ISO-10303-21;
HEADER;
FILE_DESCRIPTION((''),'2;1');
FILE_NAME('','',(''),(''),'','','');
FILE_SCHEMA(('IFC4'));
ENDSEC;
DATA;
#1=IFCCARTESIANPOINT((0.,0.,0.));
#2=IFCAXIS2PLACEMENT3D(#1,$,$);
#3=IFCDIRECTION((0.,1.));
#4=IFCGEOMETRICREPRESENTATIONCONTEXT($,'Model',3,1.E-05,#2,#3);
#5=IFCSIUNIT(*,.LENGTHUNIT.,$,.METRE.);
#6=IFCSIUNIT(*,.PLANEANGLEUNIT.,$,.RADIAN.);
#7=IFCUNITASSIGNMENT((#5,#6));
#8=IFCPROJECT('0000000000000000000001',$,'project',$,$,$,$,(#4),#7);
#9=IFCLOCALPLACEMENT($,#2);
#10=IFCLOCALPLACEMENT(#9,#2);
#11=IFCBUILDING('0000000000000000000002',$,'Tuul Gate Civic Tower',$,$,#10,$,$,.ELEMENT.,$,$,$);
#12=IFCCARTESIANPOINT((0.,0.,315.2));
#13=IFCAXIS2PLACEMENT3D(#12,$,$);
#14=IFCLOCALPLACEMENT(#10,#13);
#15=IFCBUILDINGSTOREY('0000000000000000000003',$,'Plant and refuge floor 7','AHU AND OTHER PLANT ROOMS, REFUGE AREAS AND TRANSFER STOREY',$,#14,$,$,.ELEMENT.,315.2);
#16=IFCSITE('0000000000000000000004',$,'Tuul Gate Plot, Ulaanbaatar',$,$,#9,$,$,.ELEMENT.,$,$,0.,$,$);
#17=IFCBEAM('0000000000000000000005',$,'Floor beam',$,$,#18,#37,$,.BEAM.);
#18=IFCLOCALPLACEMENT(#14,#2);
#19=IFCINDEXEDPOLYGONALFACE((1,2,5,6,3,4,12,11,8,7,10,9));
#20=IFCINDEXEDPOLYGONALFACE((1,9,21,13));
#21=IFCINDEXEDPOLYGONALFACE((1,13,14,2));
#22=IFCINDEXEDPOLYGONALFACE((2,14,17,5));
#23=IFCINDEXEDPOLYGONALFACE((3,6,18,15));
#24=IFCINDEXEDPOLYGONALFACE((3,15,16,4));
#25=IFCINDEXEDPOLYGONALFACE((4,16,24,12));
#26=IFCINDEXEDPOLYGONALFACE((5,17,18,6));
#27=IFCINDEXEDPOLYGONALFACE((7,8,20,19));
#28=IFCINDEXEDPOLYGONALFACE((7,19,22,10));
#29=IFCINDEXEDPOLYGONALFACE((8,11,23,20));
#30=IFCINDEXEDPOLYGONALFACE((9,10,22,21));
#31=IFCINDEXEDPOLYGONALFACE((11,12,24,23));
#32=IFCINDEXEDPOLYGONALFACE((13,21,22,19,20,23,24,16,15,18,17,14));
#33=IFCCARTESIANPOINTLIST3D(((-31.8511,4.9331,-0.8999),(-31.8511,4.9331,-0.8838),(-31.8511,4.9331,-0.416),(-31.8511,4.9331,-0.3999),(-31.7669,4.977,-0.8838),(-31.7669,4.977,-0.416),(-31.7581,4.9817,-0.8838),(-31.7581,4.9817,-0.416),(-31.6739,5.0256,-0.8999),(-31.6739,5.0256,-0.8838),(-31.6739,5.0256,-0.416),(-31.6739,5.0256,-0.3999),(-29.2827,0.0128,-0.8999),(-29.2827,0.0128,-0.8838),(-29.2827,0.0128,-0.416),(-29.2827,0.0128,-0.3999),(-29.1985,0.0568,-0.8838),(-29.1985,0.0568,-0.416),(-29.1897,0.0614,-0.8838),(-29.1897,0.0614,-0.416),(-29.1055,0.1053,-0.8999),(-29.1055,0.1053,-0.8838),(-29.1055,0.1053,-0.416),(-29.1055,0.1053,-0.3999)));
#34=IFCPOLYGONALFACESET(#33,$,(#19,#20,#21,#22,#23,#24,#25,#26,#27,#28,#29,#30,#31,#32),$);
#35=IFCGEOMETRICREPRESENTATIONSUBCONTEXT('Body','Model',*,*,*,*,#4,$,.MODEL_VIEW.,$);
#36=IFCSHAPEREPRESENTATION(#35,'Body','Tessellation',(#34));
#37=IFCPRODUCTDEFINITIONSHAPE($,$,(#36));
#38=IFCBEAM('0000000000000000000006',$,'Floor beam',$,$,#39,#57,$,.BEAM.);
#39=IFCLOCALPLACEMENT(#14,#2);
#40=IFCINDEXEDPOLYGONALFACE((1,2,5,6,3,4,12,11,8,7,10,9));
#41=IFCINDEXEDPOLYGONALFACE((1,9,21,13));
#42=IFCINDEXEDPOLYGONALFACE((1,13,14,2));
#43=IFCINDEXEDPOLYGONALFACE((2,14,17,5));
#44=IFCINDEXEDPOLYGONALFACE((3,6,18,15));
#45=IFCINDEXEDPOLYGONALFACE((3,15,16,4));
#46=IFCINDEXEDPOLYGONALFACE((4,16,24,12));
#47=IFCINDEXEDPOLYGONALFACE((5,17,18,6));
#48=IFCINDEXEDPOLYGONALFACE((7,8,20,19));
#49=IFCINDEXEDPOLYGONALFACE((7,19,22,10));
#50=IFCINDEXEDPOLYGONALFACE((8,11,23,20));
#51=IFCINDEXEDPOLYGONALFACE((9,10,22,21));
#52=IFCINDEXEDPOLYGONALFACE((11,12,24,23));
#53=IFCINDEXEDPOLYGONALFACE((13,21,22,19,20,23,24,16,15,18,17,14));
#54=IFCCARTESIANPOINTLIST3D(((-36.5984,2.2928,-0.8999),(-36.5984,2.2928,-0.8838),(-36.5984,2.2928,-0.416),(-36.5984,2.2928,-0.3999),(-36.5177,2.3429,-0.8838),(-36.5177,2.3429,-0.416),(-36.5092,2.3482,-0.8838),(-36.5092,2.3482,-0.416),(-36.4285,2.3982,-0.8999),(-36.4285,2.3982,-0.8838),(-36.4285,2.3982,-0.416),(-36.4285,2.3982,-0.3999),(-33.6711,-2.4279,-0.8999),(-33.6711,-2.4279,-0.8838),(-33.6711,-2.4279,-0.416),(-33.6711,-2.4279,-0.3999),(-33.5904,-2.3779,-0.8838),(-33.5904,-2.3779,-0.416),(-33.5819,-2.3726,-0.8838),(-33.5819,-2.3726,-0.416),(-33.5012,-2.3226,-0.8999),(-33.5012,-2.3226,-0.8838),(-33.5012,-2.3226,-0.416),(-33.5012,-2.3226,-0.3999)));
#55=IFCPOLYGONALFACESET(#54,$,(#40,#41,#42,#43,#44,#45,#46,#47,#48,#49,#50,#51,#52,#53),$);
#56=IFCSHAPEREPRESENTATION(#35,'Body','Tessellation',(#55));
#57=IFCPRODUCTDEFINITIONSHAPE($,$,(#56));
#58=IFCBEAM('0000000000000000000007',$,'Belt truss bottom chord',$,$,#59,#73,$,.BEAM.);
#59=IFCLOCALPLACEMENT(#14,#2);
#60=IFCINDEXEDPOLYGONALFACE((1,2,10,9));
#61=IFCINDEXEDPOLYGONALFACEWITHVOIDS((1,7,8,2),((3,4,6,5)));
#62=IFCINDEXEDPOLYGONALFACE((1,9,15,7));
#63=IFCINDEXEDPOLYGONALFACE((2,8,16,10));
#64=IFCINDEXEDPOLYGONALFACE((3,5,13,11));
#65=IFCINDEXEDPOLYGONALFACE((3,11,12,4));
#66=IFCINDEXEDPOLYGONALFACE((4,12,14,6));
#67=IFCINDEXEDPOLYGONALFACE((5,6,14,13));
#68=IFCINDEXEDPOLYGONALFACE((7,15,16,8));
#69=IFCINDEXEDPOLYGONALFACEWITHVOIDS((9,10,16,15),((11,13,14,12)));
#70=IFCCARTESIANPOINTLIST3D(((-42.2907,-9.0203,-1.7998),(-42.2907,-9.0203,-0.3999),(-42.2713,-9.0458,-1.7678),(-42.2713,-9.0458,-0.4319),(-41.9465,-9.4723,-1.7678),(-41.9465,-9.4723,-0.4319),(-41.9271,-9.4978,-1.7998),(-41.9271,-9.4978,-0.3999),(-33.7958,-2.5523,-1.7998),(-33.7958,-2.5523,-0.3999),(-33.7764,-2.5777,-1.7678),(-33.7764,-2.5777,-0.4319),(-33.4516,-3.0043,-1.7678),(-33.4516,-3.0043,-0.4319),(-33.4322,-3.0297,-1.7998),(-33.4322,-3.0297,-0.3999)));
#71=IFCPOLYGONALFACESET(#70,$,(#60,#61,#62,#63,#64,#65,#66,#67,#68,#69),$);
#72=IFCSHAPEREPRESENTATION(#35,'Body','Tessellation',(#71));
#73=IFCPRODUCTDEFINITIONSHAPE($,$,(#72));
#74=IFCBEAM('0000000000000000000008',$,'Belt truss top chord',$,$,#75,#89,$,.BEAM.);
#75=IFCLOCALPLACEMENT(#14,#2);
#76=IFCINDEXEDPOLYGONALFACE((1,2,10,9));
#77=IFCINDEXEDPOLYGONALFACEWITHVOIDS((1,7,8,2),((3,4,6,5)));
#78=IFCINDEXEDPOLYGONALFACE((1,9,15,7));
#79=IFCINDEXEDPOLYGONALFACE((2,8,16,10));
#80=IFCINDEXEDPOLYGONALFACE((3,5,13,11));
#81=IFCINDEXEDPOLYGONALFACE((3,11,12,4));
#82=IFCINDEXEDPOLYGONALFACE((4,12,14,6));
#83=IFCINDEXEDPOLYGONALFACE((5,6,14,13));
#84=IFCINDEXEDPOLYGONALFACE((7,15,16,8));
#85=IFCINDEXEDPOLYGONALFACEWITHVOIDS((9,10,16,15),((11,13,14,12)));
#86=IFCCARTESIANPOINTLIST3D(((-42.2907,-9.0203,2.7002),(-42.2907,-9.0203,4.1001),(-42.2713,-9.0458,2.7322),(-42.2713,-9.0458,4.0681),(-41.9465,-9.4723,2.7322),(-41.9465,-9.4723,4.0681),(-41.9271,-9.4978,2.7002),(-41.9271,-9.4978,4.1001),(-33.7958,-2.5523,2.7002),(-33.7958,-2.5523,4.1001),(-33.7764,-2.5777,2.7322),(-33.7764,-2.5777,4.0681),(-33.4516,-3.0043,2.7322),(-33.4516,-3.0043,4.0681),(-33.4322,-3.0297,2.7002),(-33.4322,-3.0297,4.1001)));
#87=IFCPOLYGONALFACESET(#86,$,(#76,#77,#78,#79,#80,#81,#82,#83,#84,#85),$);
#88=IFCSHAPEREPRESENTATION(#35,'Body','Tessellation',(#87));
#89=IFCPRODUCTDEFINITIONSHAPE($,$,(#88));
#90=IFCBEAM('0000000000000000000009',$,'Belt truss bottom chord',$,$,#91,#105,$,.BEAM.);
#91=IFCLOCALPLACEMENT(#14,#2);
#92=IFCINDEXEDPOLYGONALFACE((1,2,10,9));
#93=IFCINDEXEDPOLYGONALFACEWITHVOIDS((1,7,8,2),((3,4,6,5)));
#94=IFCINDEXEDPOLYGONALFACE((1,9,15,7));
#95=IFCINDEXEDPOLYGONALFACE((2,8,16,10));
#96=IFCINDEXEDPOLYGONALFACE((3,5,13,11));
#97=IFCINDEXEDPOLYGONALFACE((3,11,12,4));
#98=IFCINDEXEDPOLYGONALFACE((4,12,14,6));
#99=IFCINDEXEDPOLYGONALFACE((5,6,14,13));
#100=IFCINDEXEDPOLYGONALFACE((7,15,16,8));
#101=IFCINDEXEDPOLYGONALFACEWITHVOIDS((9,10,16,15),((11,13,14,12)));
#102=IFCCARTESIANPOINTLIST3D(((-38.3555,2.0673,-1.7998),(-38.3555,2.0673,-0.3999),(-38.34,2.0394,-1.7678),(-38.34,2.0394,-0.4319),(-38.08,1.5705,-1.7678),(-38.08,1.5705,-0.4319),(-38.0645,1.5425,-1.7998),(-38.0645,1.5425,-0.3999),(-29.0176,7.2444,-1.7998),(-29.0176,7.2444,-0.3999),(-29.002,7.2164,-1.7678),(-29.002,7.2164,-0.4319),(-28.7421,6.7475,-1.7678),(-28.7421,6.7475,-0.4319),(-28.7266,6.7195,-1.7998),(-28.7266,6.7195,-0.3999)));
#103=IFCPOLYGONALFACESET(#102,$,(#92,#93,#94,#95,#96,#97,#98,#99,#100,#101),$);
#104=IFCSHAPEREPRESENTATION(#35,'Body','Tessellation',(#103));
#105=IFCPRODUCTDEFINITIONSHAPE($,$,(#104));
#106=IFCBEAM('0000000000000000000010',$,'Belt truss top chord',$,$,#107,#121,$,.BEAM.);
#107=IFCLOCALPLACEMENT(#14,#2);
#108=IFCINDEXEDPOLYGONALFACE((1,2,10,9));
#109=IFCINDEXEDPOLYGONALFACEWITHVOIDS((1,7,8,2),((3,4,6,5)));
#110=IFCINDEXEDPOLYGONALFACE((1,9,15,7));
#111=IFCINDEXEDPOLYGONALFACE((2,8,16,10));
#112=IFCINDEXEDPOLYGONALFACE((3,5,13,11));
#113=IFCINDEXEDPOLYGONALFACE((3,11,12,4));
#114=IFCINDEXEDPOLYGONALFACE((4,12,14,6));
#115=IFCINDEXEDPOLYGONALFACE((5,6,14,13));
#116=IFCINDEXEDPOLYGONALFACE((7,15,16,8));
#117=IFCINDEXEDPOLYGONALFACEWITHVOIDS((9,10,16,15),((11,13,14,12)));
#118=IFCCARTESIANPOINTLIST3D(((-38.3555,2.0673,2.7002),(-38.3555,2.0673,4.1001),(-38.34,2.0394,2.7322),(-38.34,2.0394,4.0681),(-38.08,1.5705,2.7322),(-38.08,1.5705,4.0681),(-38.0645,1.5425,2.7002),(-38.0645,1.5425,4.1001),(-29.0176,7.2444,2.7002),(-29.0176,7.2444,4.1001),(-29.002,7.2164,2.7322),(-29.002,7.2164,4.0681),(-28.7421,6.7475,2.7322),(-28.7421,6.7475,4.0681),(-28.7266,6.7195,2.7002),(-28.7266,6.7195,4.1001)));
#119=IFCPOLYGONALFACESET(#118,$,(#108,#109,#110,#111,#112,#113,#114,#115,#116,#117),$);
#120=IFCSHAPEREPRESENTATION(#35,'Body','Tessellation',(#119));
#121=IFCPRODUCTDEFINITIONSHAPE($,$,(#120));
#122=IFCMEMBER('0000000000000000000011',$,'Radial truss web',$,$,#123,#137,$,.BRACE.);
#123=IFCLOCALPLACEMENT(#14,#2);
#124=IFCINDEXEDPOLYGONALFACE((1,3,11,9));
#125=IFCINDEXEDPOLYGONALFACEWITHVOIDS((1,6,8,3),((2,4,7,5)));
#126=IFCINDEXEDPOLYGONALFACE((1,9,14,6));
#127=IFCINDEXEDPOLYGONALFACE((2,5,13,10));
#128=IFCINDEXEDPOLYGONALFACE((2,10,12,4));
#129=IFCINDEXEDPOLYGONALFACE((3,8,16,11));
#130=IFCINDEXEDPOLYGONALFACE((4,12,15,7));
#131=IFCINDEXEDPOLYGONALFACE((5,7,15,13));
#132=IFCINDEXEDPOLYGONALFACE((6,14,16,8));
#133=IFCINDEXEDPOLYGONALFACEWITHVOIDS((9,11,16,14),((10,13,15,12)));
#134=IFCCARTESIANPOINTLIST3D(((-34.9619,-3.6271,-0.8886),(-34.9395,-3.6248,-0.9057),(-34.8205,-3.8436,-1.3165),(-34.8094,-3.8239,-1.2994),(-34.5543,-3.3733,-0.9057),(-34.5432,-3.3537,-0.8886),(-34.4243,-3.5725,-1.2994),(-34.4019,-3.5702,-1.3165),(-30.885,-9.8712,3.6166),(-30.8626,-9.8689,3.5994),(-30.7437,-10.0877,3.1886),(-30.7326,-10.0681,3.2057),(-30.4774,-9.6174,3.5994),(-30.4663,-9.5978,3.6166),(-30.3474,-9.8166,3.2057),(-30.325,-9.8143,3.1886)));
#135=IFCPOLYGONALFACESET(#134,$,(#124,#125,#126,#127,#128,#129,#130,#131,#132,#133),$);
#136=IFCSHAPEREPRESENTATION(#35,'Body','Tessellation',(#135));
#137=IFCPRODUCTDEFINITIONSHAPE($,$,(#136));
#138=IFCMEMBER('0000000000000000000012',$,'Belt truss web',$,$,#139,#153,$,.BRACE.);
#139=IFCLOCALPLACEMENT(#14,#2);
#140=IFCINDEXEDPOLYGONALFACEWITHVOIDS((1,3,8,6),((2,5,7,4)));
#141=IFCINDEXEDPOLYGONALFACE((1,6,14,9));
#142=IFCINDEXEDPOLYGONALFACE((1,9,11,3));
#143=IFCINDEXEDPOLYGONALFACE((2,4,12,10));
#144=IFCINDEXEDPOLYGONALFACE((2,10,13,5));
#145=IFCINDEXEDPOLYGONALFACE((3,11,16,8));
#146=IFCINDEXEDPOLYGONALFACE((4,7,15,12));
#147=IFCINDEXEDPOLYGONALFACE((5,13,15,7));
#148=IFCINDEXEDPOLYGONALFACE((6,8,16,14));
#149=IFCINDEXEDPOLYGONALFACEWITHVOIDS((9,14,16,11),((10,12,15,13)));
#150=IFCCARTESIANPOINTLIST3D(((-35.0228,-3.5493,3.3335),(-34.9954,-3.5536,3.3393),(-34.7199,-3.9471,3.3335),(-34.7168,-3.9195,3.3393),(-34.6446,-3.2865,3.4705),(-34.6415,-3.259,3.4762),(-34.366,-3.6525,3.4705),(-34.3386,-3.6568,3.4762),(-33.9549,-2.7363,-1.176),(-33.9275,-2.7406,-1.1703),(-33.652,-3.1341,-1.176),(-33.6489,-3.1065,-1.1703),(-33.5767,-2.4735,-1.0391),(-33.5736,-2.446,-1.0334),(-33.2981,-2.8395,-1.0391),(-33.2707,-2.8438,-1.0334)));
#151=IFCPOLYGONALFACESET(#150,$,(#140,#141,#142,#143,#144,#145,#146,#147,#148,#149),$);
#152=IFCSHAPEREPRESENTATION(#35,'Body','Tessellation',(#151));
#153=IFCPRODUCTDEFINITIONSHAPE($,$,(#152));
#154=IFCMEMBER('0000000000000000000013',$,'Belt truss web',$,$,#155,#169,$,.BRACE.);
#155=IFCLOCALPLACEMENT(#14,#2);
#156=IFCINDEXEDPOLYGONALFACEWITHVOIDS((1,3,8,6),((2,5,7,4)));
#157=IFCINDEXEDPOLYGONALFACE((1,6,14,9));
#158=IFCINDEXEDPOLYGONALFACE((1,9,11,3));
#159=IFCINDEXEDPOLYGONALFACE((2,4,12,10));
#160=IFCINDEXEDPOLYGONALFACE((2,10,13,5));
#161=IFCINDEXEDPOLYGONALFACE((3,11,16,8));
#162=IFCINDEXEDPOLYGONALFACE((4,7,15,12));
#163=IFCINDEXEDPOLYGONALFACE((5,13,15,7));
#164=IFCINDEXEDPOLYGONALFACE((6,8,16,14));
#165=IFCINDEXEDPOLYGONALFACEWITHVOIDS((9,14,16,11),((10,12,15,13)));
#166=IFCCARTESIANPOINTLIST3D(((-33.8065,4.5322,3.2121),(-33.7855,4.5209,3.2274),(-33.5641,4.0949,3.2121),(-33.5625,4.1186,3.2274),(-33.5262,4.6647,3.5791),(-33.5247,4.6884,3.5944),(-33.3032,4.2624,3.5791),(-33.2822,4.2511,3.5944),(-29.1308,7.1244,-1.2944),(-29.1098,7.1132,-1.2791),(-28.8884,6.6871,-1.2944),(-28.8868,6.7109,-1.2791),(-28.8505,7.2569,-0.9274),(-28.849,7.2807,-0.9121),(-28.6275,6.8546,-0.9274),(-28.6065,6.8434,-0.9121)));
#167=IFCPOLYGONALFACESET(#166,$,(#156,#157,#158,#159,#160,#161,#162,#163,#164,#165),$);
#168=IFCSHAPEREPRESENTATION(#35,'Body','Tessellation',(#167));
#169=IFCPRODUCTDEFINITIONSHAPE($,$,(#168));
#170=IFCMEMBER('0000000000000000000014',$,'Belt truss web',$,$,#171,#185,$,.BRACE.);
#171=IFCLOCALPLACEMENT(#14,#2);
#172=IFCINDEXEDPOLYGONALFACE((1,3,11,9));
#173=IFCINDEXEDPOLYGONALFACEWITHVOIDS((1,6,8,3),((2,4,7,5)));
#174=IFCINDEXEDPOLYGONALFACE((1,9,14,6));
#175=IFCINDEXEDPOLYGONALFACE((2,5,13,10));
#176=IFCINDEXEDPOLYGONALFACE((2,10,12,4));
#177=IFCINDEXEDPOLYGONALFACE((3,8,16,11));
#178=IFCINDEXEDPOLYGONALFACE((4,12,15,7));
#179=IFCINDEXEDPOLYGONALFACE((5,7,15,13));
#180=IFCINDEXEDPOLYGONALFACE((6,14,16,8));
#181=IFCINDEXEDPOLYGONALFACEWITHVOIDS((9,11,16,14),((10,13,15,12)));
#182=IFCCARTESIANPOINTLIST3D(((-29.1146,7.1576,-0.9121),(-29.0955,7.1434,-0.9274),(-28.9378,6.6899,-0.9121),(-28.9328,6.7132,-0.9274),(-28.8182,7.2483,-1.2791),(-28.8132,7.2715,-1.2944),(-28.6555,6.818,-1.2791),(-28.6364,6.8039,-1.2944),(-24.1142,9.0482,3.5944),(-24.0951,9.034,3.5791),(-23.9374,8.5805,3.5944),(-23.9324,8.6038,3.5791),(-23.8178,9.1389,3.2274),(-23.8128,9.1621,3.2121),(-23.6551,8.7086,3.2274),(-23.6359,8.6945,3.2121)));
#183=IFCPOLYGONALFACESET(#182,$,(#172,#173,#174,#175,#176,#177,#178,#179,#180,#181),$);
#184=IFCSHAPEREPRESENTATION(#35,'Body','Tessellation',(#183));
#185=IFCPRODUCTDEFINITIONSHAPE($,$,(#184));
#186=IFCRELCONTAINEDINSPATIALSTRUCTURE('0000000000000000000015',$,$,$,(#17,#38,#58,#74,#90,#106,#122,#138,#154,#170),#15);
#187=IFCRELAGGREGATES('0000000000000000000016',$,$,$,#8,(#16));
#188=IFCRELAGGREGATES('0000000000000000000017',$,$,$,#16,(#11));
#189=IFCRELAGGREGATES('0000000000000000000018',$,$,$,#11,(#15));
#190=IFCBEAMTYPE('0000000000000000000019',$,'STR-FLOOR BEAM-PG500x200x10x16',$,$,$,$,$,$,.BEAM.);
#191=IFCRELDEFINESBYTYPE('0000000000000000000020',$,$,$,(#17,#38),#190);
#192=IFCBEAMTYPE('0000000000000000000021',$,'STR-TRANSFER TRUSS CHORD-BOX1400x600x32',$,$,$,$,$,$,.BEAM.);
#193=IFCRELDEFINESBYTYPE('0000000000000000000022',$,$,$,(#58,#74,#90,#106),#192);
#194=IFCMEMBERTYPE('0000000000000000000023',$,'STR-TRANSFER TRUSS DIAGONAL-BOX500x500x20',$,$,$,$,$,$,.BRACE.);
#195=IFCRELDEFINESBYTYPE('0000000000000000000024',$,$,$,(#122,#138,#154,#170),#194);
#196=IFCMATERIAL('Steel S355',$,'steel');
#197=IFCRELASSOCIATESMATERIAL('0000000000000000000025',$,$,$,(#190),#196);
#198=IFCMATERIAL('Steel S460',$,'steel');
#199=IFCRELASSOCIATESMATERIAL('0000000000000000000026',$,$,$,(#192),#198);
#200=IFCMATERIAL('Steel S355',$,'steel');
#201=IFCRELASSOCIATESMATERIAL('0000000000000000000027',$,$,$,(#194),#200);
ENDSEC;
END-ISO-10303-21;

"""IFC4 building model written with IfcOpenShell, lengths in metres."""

from ifc_helpers import new_model, si_unit, direction, frame, origin, origin_2d, place, context, subcontext, project, spatial, hollow_rectangle, i_section, extrude, material, material_profile, profile_set, type_object, element, save


model = new_model("IFC4")

# Units and contexts
model_context = context("Model", 3, precision=1e-05, world=origin(), true_north=direction((0.0, 1.0)))
body_context = subcontext(model_context, "Body", "Model", "MODEL_VIEW")
ifc_project = project(units=[si_unit("LENGTHUNIT", "METRE"), si_unit("PLANEANGLEUNIT", "RADIAN")], contexts=[model_context])

# Site, building, storey
site_placement = place(None, origin())
site = spatial("IfcSite", under=ifc_project, at=site_placement, Name="Tuul Gate Plot, Ulaanbaatar", CompositionType="ELEMENT", RefElevation=0.0)
building_placement = place(site_placement, origin())
building = spatial("IfcBuilding", under=site, at=building_placement, Name="Tuul Gate Civic Tower", CompositionType="ELEMENT")
storey_placement = place(building_placement, frame((0.0, 0.0, 315.2)))
storey = spatial("IfcBuildingStorey", under=building, at=storey_placement, Name="Plant and refuge floor 7", Description="AHU AND OTHER PLANT ROOMS, REFUGE AREAS AND TRANSFER STOREY", CompositionType="ELEMENT", Elevation=315.2)

# Beams
ifc_material_1 = material(Name="Steel S355", Category="steel")
ifc_material_profile_1 = material_profile(ifc_material_1, i_section(OverallWidth=0.2, OverallDepth=0.5, WebThickness=0.01, FlangeThickness=0.0161, at=origin_2d()), Name="PG500x200x10x16")
ifc_profile_set_1 = profile_set([ifc_material_profile_1], Name="Steel S355")
beam_type_1 = type_object("IfcBeamType", Name="STR-FLOOR BEAM-PG500x200x10x16", PredefinedType="BEAM", material=ifc_profile_set_1)
beam_1_placement = place(storey_placement, frame((-29.1941, 0.0591, -0.6499), z_axis=(-0.462752, 0.886488, 0.0), x_axis=(-0.886488, -0.462752, 0.0)))
element("IfcBeam", 1, at=beam_1_placement, inside=storey, type_object=beam_type_1, Name="Floor beam", PredefinedType="BEAM", context=body_context, shape_type="SweptSolid", body=[
    extrude(i_section(OverallWidth=0.2, OverallDepth=0.5, WebThickness=0.01, FlangeThickness=0.0161, at=origin_2d()), origin(), (0.0, 0.0, 1.0), 5.5503),
])
beam_2_placement = place(storey_placement, frame((-33.5862, -2.3752, -0.6499), z_axis=(-0.526993, 0.84987, 0.0), x_axis=(-0.84987, -0.526993, 0.0)))
element("IfcBeam", 2, at=beam_2_placement, inside=storey, type_object=beam_type_1, Name="Floor beam", PredefinedType="BEAM", context=body_context, shape_type="SweptSolid", body=[
    extrude(i_section(OverallWidth=0.2, OverallDepth=0.5, WebThickness=0.01, FlangeThickness=0.0161, at=origin_2d()), origin(), (0.0, 0.0, 1.0), 5.5547),
])
ifc_material_2 = material(Name="Steel S460", Category="steel")
ifc_material_profile_2 = material_profile(ifc_material_2, hollow_rectangle(XDim=0.6001, YDim=1.3999, WallThickness=0.032, at=origin_2d()), Name="BOX1400x600x32")
ifc_profile_set_2 = profile_set([ifc_material_profile_2], Name="Steel S460")
beam_type_2 = type_object("IfcBeamType", Name="STR-TRANSFER TRUSS CHORD-BOX1400x600x32", PredefinedType="BEAM", material=ifc_profile_set_2)
for number, where, z_axis, x_axis, name in (
    (3, (-33.614, -2.791, -1.0999), (-0.795624, -0.60579, 0.0), (0.60579, -0.795624, 0.0), "Belt truss bottom chord"),
    (4, (-33.614, -2.791, 3.4001), (-0.795624, -0.60579, 0.0), (0.60579, -0.795624, 0.0), "Belt truss top chord"),
    (5, (-28.8721, 6.9819, -1.0999), (-0.874583, -0.484876, 0.0), (0.484876, -0.874583, 0.0), "Belt truss bottom chord"),
    (6, (-28.8721, 6.9819, 3.4001), (-0.874583, -0.484876, 0.0), (0.484876, -0.874583, 0.0), "Belt truss top chord"),
):
    element("IfcBeam", number, at=place(storey_placement, frame(where, z_axis=z_axis, x_axis=x_axis)), inside=storey, type_object=beam_type_2, Name=name, PredefinedType="BEAM", context=body_context, shape_type="SweptSolid", body=[
        extrude(hollow_rectangle(XDim=0.6001, YDim=1.3999, WallThickness=0.032, at=origin_2d()), origin(), (0.0, 0.0, 1.0), 10.677),
    ])

# Members
ifc_material_3 = material(Name="Steel S355", Category="steel")
ifc_material_profile_3 = material_profile(ifc_material_3, hollow_rectangle(XDim=0.5, YDim=0.5, WallThickness=0.02, at=origin_2d()), Name="BOX500x500x20")
ifc_profile_set_3 = profile_set([ifc_material_profile_3], Name="Steel S355")
member_type_1 = type_object("IfcMemberType", Name="STR-TRANSFER TRUSS DIAGONAL-BOX500x500x20", PredefinedType="BRACE", material=ifc_profile_set_3)
member_1_placement = place(storey_placement, frame((-34.6819, -3.5986, -1.1025), z_axis=(0.467941, -0.716693, 0.517091), x_axis=(0.837326, 0.546704, 0.0)))
element("IfcMember", 7, at=member_1_placement, inside=storey, type_object=member_type_1, Name="Radial truss web", PredefinedType="BRACE", context=body_context, shape_type="SweptSolid", body=[
    extrude(hollow_rectangle(XDim=0.5, YDim=0.5, WallThickness=0.02, at=origin_2d()), origin(), (0.0, 0.0, 1.0), 8.7124),
])
member_2_placement = place(storey_placement, frame((-33.6128, -2.79, -1.1047), z_axis=(-0.226965, -0.172792, 0.958452), x_axis=(0.605747, -0.795657, 0.0)))
element("IfcMember", 8, at=member_2_placement, inside=storey, type_object=member_type_1, Name="Belt truss web", PredefinedType="BRACE", context=body_context, shape_type="SweptSolid", body=[
    extrude(hollow_rectangle(XDim=0.5, YDim=0.5, WallThickness=0.02, at=origin_2d()), origin(), (0.0, 0.0, 1.0), 4.7051),
])
member_3_placement = place(storey_placement, frame((-28.8687, 6.9839, -1.1033), z_axis=(-0.668704, -0.370734, 0.644508), x_axis=(0.484875, -0.874583, 0.0)))
element("IfcMember", 9, at=member_3_placement, inside=storey, type_object=member_type_1, Name="Belt truss web", PredefinedType="BRACE", context=body_context, shape_type="SweptSolid", body=[
    extrude(hollow_rectangle(XDim=0.5, YDim=0.5, WallThickness=0.02, at=origin_2d()), origin(), (0.0, 0.0, 1.0), 6.9922),
])
member_4_placement = place(storey_placement, frame((-28.8755, 6.9807, -1.1033), z_axis=(0.715168, 0.270397, 0.644531), x_axis=(-0.353655, 0.935376, 0.0)))
element("IfcMember", 10, at=member_4_placement, inside=storey, type_object=member_type_1, Name="Belt truss web", PredefinedType="BRACE", context=body_context, shape_type="SweptSolid", body=[
    extrude(hollow_rectangle(XDim=0.5, YDim=0.5, WallThickness=0.02, at=origin_2d()), origin(), (0.0, 0.0, 1.0), 6.9919),
])

save(model, "model.ifc")
